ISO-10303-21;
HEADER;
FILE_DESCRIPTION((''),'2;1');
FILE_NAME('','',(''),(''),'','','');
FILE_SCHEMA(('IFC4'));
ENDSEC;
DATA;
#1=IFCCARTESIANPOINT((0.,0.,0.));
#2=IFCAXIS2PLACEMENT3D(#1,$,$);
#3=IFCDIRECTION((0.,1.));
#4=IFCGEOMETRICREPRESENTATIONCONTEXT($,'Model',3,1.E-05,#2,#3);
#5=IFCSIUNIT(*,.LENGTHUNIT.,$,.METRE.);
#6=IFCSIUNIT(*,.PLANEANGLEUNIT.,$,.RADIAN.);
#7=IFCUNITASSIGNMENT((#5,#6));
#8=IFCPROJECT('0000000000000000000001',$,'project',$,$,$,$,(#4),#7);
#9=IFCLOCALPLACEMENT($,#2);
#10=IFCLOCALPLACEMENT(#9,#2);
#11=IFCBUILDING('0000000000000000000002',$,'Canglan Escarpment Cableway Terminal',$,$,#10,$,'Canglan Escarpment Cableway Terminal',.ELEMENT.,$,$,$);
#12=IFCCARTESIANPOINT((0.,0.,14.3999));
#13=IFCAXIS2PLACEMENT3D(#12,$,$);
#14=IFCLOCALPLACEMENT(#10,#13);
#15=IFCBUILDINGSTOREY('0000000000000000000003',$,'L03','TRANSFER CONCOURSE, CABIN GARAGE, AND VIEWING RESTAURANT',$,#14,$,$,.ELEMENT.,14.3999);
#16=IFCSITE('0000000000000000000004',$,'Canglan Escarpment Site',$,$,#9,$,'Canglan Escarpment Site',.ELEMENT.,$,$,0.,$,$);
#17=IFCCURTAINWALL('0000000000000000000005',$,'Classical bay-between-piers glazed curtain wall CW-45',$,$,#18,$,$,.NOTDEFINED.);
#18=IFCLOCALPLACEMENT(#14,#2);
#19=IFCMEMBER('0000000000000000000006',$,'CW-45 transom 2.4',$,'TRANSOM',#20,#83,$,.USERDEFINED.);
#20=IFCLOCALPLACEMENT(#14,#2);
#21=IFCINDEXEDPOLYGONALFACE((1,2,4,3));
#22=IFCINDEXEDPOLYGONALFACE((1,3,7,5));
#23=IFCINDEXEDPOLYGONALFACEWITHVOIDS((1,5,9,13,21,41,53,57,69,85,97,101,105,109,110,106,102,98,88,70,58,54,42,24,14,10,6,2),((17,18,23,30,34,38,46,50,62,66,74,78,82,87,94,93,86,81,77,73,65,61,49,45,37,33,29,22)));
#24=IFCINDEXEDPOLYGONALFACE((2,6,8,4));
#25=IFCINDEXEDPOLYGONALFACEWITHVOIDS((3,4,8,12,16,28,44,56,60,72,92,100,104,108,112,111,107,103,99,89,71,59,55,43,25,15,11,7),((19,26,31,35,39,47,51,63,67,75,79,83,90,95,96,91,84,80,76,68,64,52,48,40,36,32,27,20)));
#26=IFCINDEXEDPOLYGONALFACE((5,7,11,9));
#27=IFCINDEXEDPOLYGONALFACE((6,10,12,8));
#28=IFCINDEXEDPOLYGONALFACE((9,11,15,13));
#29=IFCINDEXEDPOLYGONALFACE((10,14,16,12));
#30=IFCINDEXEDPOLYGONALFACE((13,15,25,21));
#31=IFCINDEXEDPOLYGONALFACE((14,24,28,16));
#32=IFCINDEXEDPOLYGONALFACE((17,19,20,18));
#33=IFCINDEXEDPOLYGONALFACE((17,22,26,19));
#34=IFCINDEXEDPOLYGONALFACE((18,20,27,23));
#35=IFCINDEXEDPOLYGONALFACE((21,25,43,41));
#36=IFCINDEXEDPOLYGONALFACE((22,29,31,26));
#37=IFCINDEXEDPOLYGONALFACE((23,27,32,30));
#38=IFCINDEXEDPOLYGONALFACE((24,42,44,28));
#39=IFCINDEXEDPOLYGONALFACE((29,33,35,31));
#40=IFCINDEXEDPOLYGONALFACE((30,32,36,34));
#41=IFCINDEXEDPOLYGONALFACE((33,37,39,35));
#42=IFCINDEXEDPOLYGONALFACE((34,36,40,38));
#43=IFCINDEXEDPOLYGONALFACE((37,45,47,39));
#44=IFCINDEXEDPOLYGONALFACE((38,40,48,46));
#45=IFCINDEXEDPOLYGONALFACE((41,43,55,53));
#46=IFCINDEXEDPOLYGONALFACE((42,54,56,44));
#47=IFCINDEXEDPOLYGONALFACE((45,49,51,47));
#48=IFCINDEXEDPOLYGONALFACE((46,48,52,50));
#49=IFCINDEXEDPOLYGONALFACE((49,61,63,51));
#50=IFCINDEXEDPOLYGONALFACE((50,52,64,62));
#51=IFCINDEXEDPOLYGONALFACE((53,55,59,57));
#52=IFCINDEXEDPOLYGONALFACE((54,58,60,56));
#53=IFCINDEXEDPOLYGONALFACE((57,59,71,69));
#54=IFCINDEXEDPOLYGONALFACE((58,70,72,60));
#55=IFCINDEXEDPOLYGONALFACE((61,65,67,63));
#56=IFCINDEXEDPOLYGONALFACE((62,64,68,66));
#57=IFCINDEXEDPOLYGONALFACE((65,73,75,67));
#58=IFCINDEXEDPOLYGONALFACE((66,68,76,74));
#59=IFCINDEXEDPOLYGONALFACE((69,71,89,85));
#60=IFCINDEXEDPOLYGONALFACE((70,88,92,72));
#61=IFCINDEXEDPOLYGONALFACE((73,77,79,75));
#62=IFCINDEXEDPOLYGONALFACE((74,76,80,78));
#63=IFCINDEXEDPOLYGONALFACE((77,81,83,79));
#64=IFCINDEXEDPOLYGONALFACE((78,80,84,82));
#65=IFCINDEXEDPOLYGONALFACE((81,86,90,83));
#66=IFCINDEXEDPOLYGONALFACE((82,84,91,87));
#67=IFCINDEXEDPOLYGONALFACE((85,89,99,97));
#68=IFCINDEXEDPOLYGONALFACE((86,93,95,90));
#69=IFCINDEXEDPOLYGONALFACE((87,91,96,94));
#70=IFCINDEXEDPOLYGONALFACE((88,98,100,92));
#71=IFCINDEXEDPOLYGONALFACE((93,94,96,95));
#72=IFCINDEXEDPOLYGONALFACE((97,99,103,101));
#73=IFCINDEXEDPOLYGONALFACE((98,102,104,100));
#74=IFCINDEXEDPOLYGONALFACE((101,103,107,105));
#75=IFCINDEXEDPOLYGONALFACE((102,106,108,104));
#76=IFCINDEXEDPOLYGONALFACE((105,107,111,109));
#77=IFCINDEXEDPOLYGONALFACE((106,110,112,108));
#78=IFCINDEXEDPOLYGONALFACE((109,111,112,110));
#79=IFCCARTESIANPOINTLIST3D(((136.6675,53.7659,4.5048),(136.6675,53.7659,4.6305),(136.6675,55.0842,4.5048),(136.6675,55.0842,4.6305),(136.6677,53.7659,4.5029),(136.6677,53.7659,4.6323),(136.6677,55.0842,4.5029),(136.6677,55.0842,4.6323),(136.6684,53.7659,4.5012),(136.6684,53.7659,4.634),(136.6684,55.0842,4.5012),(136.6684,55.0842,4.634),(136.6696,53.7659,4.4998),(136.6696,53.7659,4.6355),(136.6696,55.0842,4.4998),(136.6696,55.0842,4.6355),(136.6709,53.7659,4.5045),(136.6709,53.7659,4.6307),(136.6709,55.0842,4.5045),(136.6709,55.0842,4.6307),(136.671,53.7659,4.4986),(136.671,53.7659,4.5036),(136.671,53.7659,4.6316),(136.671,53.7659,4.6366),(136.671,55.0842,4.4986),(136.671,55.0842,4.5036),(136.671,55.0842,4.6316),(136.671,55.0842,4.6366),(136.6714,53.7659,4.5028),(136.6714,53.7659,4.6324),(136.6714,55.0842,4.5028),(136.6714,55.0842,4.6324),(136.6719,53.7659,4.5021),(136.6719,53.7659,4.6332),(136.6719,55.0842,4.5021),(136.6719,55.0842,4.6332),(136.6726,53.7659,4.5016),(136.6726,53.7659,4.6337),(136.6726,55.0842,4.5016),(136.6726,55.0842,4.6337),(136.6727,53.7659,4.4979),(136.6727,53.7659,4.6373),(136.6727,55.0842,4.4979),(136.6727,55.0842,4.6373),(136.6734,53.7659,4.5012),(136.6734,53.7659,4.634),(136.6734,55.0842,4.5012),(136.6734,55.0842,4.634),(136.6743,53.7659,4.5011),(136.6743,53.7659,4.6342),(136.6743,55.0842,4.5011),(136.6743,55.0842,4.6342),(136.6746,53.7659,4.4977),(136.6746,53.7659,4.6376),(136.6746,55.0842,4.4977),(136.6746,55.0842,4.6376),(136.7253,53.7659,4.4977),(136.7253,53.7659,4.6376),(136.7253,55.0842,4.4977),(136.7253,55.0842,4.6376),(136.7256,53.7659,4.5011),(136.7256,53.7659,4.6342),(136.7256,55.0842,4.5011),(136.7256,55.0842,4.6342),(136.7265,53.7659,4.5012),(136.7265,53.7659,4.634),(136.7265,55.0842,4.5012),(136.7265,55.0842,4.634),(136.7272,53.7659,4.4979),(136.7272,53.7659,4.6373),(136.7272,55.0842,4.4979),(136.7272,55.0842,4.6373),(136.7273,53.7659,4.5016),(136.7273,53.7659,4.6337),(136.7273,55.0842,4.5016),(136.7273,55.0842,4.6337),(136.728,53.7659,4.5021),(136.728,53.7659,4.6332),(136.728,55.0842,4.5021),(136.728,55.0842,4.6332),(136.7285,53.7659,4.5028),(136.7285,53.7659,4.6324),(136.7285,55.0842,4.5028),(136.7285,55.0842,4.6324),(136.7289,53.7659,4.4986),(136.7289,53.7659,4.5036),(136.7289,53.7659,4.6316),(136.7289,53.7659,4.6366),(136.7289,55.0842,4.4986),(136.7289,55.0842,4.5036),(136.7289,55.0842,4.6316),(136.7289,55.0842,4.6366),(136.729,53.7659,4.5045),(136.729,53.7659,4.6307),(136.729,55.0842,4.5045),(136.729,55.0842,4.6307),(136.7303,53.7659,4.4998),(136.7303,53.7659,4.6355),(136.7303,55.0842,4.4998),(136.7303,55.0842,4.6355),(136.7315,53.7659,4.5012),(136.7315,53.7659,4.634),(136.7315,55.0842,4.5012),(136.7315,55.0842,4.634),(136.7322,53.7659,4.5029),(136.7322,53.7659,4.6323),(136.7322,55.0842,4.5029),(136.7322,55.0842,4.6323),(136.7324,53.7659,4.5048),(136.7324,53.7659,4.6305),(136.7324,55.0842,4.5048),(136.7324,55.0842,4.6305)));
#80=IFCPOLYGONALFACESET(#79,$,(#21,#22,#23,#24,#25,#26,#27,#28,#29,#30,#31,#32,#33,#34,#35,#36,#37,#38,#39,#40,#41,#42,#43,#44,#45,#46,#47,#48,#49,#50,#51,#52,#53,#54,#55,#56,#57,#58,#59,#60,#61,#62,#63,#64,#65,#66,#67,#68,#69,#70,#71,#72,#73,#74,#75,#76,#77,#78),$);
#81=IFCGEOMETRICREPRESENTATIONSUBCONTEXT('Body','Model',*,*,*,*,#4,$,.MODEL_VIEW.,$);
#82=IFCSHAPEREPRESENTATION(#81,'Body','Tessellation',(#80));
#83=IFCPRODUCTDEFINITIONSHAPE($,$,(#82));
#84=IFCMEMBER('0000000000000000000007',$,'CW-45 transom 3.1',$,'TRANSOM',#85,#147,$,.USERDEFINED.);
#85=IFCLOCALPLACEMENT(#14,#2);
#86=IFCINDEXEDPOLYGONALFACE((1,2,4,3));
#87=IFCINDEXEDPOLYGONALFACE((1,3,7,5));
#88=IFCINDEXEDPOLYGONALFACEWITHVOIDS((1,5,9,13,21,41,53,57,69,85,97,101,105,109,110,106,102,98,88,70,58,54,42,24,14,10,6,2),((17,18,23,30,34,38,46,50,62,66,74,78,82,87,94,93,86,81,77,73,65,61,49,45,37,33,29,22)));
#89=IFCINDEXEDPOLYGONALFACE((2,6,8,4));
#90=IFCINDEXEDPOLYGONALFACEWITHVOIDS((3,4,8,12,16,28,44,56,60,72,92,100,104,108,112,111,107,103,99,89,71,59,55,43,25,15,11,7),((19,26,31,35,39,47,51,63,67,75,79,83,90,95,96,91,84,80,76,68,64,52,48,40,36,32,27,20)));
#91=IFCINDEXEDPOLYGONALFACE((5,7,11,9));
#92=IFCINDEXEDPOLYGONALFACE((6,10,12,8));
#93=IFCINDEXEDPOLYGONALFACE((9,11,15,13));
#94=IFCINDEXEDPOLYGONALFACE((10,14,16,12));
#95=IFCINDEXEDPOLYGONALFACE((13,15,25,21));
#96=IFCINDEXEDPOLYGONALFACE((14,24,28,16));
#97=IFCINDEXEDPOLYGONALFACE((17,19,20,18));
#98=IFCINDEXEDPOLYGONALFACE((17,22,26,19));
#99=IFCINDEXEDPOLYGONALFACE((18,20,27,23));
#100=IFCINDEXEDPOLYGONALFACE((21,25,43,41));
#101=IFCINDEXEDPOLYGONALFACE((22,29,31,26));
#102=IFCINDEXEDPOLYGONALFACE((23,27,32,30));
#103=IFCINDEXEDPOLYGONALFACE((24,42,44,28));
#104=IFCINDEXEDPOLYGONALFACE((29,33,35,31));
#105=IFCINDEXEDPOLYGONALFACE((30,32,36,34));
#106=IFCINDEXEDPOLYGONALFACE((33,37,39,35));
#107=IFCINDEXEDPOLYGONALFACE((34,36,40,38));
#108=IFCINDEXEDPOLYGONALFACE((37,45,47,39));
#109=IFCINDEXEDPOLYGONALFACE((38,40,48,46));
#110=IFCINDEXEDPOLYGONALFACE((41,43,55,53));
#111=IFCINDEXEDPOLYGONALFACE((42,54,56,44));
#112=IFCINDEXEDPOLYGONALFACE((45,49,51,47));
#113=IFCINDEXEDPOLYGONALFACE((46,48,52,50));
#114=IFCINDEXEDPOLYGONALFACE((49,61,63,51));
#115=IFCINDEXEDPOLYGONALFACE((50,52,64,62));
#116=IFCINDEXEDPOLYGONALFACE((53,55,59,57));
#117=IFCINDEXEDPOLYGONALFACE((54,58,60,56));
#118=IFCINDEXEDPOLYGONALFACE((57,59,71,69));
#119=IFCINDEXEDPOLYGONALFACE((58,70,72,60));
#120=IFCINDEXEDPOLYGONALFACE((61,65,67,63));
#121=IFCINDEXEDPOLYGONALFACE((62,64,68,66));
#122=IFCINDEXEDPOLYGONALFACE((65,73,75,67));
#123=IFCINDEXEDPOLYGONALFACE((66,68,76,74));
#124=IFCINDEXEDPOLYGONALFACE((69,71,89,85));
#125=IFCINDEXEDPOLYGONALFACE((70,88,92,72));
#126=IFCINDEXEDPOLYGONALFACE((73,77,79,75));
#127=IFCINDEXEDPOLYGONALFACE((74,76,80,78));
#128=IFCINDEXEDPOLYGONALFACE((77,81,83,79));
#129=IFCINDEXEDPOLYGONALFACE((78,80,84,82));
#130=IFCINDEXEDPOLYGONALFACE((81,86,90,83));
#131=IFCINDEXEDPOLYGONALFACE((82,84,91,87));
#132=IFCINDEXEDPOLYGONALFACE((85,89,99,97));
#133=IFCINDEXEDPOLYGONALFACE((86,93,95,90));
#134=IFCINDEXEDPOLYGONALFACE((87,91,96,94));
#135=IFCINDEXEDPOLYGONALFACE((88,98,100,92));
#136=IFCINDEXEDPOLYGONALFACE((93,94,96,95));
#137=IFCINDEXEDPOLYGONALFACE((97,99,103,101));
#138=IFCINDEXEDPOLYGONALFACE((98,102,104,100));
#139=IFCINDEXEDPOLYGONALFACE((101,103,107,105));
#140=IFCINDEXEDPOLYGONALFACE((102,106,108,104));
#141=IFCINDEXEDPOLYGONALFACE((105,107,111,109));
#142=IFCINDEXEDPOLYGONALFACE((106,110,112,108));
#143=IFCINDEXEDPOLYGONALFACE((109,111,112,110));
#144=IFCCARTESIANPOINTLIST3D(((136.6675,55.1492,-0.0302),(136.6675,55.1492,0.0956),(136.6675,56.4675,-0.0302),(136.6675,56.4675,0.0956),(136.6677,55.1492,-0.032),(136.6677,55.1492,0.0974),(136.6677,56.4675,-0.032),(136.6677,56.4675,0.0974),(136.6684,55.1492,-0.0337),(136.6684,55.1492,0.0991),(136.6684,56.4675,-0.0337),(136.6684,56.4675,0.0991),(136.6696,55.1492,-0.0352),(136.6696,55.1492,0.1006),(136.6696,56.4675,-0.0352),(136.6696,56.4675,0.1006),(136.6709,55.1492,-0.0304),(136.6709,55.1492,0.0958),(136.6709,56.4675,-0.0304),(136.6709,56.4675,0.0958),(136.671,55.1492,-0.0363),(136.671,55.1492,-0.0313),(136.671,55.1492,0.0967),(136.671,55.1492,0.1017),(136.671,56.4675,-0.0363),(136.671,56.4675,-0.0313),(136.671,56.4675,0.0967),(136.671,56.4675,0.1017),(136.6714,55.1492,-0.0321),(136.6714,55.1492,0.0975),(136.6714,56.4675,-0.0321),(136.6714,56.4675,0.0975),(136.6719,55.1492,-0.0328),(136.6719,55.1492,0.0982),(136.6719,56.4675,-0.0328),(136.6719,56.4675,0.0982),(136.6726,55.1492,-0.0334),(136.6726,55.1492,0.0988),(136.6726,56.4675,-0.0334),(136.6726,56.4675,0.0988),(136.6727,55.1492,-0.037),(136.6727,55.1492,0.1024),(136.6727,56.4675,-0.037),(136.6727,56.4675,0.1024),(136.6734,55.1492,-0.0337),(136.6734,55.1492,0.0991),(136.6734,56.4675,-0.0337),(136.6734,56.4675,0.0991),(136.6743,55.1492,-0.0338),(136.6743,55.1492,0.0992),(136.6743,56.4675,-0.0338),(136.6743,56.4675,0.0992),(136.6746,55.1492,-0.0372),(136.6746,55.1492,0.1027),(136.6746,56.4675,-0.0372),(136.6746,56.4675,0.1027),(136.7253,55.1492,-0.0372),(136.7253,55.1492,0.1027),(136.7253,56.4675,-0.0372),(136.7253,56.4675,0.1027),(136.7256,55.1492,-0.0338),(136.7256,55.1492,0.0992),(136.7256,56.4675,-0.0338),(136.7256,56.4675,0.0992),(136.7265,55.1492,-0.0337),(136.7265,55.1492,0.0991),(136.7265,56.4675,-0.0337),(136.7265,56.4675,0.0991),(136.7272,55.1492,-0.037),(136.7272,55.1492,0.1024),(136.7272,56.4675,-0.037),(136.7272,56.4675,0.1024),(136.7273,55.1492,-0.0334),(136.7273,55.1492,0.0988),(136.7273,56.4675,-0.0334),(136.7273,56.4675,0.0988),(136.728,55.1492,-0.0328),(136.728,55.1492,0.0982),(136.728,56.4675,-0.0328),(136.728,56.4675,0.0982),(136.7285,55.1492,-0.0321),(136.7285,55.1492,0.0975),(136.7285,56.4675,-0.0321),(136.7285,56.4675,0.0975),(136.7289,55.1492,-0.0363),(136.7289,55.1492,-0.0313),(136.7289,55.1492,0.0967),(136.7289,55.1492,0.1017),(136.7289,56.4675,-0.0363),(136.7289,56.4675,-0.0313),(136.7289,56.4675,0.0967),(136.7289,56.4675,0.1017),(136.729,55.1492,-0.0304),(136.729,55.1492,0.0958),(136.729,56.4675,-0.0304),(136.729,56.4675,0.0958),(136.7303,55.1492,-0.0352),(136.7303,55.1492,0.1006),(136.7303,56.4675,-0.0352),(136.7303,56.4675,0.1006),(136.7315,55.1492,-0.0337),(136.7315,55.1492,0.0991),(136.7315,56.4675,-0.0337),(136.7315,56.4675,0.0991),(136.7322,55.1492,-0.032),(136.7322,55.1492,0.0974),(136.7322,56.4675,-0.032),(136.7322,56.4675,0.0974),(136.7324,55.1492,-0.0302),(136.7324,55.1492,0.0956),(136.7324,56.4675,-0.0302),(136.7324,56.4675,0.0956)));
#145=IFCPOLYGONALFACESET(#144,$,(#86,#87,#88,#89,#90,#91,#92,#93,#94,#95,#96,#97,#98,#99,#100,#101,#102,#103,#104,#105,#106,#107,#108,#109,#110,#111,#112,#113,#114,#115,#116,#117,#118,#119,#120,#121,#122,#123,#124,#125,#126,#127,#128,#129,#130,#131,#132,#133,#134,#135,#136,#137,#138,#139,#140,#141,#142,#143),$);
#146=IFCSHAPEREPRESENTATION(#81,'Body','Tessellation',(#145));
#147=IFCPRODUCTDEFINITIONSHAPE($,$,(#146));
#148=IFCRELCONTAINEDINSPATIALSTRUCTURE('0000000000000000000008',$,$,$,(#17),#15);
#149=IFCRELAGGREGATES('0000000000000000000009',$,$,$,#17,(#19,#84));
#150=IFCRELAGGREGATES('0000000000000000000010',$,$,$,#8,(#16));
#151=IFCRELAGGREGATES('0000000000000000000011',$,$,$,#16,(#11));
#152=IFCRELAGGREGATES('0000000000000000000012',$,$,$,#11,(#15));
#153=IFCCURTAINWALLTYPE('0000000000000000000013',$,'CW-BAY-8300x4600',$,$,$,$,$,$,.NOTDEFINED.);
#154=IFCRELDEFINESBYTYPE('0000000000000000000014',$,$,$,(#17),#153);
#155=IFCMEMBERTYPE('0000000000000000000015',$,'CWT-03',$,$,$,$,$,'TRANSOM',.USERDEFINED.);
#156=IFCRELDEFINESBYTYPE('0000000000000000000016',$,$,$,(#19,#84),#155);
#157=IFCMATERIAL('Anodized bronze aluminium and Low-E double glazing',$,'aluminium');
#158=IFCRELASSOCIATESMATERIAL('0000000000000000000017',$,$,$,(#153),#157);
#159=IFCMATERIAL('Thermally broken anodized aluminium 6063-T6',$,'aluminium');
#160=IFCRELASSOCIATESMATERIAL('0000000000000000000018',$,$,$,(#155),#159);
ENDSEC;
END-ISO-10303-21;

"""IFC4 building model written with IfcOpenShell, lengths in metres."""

from ifc_helpers import new_model, si_unit, direction, frame, origin, origin_2d, place, context, subcontext, project, spatial, hollow_rectangle, extrude, material, material_profile, profile_set, type_object, element, aggregate, save


model = new_model("IFC4")

# Units and contexts
model_context = context("Model", 3, precision=1e-05, world=origin(), true_north=direction((0.0, 1.0)))
body_context = subcontext(model_context, "Body", "Model", "MODEL_VIEW")
ifc_project = project(units=[si_unit("LENGTHUNIT", "METRE"), si_unit("PLANEANGLEUNIT", "RADIAN")], contexts=[model_context])

# Site, building, storey
site_placement = place(None, origin())
site = spatial("IfcSite", under=ifc_project, at=site_placement, Name="Canglan Escarpment Site", LongName="Canglan Escarpment Site", CompositionType="ELEMENT", RefElevation=0.0)
building_placement = place(site_placement, origin())
building = spatial("IfcBuilding", under=site, at=building_placement, Name="Canglan Escarpment Cableway Terminal", LongName="Canglan Escarpment Cableway Terminal", CompositionType="ELEMENT")
storey_placement = place(building_placement, frame((0.0, 0.0, 14.3999)))
storey = spatial("IfcBuildingStorey", under=building, at=storey_placement, Name="L03", Description="TRANSFER CONCOURSE, CABIN GARAGE, AND VIEWING RESTAURANT", CompositionType="ELEMENT", Elevation=14.3999)

# Curtain wall, members
ifc_material_1 = material(Name="Anodized bronze aluminium and Low-E double glazing", Category="aluminium")
curtain_wall_type = type_object("IfcCurtainWallType", Name="CW-BAY-8300x4600", PredefinedType="NOTDEFINED", material=ifc_material_1)
curtain_wall_placement = place(storey_placement, origin())
curtain_wall = element("IfcCurtainWall", 1, at=curtain_wall_placement, inside=storey, type_object=curtain_wall_type, Name="Classical bay-between-piers glazed curtain wall CW-45", PredefinedType="NOTDEFINED")
ifc_material_2 = material(Name="Thermally broken anodized aluminium 6063-T6", Category="aluminium")
ifc_material_profile_1 = material_profile(ifc_material_2, hollow_rectangle(XDim=0.0649, YDim=0.1399, WallThickness=0.0034, InnerFilletRadius=0.0034, OuterFilletRadius=0.0071, at=origin_2d()), Name="ALU-TRAN 65x140x3.5")
ifc_profile_set_1 = profile_set([ifc_material_profile_1], Name="Thermally broken anodized aluminium 6063-T6")
member_type_1 = type_object("IfcMemberType", Name="CWT-03", ElementType="TRANSOM", PredefinedType="USERDEFINED", material=ifc_profile_set_1)
member_1_placement = place(storey_placement, frame((136.7, 53.7659, 4.5676), z_axis=(0.0, 1.0, 0.0), x_axis=(-1.0, 0.0, 0.0)))
member_1 = element("IfcMember", 2, at=member_1_placement, type_object=member_type_1, Name="CW-45 transom 2.4", ObjectType="TRANSOM", PredefinedType="USERDEFINED", context=body_context, shape_type="SweptSolid", body=[
    extrude(hollow_rectangle(XDim=0.0649, YDim=0.1399, WallThickness=0.0034, InnerFilletRadius=0.0034, OuterFilletRadius=0.0071, at=origin_2d()), origin(), (0.0, 0.0, 1.0), 1.3184),
])
member_2_placement = place(storey_placement, frame((136.7, 55.1492, 0.0327), z_axis=(0.0, 1.0, 0.0), x_axis=(-1.0, 0.0, 0.0)))
member_2 = element("IfcMember", 3, at=member_2_placement, type_object=member_type_1, Name="CW-45 transom 3.1", ObjectType="TRANSOM", PredefinedType="USERDEFINED", context=body_context, shape_type="SweptSolid", body=[
    extrude(hollow_rectangle(XDim=0.0649, YDim=0.1399, WallThickness=0.0034, InnerFilletRadius=0.0034, OuterFilletRadius=0.0071, at=origin_2d()), origin(), (0.0, 0.0, 1.0), 1.3184),
])

aggregate(curtain_wall, [member_1, member_2])

save(model, "model.ifc")
